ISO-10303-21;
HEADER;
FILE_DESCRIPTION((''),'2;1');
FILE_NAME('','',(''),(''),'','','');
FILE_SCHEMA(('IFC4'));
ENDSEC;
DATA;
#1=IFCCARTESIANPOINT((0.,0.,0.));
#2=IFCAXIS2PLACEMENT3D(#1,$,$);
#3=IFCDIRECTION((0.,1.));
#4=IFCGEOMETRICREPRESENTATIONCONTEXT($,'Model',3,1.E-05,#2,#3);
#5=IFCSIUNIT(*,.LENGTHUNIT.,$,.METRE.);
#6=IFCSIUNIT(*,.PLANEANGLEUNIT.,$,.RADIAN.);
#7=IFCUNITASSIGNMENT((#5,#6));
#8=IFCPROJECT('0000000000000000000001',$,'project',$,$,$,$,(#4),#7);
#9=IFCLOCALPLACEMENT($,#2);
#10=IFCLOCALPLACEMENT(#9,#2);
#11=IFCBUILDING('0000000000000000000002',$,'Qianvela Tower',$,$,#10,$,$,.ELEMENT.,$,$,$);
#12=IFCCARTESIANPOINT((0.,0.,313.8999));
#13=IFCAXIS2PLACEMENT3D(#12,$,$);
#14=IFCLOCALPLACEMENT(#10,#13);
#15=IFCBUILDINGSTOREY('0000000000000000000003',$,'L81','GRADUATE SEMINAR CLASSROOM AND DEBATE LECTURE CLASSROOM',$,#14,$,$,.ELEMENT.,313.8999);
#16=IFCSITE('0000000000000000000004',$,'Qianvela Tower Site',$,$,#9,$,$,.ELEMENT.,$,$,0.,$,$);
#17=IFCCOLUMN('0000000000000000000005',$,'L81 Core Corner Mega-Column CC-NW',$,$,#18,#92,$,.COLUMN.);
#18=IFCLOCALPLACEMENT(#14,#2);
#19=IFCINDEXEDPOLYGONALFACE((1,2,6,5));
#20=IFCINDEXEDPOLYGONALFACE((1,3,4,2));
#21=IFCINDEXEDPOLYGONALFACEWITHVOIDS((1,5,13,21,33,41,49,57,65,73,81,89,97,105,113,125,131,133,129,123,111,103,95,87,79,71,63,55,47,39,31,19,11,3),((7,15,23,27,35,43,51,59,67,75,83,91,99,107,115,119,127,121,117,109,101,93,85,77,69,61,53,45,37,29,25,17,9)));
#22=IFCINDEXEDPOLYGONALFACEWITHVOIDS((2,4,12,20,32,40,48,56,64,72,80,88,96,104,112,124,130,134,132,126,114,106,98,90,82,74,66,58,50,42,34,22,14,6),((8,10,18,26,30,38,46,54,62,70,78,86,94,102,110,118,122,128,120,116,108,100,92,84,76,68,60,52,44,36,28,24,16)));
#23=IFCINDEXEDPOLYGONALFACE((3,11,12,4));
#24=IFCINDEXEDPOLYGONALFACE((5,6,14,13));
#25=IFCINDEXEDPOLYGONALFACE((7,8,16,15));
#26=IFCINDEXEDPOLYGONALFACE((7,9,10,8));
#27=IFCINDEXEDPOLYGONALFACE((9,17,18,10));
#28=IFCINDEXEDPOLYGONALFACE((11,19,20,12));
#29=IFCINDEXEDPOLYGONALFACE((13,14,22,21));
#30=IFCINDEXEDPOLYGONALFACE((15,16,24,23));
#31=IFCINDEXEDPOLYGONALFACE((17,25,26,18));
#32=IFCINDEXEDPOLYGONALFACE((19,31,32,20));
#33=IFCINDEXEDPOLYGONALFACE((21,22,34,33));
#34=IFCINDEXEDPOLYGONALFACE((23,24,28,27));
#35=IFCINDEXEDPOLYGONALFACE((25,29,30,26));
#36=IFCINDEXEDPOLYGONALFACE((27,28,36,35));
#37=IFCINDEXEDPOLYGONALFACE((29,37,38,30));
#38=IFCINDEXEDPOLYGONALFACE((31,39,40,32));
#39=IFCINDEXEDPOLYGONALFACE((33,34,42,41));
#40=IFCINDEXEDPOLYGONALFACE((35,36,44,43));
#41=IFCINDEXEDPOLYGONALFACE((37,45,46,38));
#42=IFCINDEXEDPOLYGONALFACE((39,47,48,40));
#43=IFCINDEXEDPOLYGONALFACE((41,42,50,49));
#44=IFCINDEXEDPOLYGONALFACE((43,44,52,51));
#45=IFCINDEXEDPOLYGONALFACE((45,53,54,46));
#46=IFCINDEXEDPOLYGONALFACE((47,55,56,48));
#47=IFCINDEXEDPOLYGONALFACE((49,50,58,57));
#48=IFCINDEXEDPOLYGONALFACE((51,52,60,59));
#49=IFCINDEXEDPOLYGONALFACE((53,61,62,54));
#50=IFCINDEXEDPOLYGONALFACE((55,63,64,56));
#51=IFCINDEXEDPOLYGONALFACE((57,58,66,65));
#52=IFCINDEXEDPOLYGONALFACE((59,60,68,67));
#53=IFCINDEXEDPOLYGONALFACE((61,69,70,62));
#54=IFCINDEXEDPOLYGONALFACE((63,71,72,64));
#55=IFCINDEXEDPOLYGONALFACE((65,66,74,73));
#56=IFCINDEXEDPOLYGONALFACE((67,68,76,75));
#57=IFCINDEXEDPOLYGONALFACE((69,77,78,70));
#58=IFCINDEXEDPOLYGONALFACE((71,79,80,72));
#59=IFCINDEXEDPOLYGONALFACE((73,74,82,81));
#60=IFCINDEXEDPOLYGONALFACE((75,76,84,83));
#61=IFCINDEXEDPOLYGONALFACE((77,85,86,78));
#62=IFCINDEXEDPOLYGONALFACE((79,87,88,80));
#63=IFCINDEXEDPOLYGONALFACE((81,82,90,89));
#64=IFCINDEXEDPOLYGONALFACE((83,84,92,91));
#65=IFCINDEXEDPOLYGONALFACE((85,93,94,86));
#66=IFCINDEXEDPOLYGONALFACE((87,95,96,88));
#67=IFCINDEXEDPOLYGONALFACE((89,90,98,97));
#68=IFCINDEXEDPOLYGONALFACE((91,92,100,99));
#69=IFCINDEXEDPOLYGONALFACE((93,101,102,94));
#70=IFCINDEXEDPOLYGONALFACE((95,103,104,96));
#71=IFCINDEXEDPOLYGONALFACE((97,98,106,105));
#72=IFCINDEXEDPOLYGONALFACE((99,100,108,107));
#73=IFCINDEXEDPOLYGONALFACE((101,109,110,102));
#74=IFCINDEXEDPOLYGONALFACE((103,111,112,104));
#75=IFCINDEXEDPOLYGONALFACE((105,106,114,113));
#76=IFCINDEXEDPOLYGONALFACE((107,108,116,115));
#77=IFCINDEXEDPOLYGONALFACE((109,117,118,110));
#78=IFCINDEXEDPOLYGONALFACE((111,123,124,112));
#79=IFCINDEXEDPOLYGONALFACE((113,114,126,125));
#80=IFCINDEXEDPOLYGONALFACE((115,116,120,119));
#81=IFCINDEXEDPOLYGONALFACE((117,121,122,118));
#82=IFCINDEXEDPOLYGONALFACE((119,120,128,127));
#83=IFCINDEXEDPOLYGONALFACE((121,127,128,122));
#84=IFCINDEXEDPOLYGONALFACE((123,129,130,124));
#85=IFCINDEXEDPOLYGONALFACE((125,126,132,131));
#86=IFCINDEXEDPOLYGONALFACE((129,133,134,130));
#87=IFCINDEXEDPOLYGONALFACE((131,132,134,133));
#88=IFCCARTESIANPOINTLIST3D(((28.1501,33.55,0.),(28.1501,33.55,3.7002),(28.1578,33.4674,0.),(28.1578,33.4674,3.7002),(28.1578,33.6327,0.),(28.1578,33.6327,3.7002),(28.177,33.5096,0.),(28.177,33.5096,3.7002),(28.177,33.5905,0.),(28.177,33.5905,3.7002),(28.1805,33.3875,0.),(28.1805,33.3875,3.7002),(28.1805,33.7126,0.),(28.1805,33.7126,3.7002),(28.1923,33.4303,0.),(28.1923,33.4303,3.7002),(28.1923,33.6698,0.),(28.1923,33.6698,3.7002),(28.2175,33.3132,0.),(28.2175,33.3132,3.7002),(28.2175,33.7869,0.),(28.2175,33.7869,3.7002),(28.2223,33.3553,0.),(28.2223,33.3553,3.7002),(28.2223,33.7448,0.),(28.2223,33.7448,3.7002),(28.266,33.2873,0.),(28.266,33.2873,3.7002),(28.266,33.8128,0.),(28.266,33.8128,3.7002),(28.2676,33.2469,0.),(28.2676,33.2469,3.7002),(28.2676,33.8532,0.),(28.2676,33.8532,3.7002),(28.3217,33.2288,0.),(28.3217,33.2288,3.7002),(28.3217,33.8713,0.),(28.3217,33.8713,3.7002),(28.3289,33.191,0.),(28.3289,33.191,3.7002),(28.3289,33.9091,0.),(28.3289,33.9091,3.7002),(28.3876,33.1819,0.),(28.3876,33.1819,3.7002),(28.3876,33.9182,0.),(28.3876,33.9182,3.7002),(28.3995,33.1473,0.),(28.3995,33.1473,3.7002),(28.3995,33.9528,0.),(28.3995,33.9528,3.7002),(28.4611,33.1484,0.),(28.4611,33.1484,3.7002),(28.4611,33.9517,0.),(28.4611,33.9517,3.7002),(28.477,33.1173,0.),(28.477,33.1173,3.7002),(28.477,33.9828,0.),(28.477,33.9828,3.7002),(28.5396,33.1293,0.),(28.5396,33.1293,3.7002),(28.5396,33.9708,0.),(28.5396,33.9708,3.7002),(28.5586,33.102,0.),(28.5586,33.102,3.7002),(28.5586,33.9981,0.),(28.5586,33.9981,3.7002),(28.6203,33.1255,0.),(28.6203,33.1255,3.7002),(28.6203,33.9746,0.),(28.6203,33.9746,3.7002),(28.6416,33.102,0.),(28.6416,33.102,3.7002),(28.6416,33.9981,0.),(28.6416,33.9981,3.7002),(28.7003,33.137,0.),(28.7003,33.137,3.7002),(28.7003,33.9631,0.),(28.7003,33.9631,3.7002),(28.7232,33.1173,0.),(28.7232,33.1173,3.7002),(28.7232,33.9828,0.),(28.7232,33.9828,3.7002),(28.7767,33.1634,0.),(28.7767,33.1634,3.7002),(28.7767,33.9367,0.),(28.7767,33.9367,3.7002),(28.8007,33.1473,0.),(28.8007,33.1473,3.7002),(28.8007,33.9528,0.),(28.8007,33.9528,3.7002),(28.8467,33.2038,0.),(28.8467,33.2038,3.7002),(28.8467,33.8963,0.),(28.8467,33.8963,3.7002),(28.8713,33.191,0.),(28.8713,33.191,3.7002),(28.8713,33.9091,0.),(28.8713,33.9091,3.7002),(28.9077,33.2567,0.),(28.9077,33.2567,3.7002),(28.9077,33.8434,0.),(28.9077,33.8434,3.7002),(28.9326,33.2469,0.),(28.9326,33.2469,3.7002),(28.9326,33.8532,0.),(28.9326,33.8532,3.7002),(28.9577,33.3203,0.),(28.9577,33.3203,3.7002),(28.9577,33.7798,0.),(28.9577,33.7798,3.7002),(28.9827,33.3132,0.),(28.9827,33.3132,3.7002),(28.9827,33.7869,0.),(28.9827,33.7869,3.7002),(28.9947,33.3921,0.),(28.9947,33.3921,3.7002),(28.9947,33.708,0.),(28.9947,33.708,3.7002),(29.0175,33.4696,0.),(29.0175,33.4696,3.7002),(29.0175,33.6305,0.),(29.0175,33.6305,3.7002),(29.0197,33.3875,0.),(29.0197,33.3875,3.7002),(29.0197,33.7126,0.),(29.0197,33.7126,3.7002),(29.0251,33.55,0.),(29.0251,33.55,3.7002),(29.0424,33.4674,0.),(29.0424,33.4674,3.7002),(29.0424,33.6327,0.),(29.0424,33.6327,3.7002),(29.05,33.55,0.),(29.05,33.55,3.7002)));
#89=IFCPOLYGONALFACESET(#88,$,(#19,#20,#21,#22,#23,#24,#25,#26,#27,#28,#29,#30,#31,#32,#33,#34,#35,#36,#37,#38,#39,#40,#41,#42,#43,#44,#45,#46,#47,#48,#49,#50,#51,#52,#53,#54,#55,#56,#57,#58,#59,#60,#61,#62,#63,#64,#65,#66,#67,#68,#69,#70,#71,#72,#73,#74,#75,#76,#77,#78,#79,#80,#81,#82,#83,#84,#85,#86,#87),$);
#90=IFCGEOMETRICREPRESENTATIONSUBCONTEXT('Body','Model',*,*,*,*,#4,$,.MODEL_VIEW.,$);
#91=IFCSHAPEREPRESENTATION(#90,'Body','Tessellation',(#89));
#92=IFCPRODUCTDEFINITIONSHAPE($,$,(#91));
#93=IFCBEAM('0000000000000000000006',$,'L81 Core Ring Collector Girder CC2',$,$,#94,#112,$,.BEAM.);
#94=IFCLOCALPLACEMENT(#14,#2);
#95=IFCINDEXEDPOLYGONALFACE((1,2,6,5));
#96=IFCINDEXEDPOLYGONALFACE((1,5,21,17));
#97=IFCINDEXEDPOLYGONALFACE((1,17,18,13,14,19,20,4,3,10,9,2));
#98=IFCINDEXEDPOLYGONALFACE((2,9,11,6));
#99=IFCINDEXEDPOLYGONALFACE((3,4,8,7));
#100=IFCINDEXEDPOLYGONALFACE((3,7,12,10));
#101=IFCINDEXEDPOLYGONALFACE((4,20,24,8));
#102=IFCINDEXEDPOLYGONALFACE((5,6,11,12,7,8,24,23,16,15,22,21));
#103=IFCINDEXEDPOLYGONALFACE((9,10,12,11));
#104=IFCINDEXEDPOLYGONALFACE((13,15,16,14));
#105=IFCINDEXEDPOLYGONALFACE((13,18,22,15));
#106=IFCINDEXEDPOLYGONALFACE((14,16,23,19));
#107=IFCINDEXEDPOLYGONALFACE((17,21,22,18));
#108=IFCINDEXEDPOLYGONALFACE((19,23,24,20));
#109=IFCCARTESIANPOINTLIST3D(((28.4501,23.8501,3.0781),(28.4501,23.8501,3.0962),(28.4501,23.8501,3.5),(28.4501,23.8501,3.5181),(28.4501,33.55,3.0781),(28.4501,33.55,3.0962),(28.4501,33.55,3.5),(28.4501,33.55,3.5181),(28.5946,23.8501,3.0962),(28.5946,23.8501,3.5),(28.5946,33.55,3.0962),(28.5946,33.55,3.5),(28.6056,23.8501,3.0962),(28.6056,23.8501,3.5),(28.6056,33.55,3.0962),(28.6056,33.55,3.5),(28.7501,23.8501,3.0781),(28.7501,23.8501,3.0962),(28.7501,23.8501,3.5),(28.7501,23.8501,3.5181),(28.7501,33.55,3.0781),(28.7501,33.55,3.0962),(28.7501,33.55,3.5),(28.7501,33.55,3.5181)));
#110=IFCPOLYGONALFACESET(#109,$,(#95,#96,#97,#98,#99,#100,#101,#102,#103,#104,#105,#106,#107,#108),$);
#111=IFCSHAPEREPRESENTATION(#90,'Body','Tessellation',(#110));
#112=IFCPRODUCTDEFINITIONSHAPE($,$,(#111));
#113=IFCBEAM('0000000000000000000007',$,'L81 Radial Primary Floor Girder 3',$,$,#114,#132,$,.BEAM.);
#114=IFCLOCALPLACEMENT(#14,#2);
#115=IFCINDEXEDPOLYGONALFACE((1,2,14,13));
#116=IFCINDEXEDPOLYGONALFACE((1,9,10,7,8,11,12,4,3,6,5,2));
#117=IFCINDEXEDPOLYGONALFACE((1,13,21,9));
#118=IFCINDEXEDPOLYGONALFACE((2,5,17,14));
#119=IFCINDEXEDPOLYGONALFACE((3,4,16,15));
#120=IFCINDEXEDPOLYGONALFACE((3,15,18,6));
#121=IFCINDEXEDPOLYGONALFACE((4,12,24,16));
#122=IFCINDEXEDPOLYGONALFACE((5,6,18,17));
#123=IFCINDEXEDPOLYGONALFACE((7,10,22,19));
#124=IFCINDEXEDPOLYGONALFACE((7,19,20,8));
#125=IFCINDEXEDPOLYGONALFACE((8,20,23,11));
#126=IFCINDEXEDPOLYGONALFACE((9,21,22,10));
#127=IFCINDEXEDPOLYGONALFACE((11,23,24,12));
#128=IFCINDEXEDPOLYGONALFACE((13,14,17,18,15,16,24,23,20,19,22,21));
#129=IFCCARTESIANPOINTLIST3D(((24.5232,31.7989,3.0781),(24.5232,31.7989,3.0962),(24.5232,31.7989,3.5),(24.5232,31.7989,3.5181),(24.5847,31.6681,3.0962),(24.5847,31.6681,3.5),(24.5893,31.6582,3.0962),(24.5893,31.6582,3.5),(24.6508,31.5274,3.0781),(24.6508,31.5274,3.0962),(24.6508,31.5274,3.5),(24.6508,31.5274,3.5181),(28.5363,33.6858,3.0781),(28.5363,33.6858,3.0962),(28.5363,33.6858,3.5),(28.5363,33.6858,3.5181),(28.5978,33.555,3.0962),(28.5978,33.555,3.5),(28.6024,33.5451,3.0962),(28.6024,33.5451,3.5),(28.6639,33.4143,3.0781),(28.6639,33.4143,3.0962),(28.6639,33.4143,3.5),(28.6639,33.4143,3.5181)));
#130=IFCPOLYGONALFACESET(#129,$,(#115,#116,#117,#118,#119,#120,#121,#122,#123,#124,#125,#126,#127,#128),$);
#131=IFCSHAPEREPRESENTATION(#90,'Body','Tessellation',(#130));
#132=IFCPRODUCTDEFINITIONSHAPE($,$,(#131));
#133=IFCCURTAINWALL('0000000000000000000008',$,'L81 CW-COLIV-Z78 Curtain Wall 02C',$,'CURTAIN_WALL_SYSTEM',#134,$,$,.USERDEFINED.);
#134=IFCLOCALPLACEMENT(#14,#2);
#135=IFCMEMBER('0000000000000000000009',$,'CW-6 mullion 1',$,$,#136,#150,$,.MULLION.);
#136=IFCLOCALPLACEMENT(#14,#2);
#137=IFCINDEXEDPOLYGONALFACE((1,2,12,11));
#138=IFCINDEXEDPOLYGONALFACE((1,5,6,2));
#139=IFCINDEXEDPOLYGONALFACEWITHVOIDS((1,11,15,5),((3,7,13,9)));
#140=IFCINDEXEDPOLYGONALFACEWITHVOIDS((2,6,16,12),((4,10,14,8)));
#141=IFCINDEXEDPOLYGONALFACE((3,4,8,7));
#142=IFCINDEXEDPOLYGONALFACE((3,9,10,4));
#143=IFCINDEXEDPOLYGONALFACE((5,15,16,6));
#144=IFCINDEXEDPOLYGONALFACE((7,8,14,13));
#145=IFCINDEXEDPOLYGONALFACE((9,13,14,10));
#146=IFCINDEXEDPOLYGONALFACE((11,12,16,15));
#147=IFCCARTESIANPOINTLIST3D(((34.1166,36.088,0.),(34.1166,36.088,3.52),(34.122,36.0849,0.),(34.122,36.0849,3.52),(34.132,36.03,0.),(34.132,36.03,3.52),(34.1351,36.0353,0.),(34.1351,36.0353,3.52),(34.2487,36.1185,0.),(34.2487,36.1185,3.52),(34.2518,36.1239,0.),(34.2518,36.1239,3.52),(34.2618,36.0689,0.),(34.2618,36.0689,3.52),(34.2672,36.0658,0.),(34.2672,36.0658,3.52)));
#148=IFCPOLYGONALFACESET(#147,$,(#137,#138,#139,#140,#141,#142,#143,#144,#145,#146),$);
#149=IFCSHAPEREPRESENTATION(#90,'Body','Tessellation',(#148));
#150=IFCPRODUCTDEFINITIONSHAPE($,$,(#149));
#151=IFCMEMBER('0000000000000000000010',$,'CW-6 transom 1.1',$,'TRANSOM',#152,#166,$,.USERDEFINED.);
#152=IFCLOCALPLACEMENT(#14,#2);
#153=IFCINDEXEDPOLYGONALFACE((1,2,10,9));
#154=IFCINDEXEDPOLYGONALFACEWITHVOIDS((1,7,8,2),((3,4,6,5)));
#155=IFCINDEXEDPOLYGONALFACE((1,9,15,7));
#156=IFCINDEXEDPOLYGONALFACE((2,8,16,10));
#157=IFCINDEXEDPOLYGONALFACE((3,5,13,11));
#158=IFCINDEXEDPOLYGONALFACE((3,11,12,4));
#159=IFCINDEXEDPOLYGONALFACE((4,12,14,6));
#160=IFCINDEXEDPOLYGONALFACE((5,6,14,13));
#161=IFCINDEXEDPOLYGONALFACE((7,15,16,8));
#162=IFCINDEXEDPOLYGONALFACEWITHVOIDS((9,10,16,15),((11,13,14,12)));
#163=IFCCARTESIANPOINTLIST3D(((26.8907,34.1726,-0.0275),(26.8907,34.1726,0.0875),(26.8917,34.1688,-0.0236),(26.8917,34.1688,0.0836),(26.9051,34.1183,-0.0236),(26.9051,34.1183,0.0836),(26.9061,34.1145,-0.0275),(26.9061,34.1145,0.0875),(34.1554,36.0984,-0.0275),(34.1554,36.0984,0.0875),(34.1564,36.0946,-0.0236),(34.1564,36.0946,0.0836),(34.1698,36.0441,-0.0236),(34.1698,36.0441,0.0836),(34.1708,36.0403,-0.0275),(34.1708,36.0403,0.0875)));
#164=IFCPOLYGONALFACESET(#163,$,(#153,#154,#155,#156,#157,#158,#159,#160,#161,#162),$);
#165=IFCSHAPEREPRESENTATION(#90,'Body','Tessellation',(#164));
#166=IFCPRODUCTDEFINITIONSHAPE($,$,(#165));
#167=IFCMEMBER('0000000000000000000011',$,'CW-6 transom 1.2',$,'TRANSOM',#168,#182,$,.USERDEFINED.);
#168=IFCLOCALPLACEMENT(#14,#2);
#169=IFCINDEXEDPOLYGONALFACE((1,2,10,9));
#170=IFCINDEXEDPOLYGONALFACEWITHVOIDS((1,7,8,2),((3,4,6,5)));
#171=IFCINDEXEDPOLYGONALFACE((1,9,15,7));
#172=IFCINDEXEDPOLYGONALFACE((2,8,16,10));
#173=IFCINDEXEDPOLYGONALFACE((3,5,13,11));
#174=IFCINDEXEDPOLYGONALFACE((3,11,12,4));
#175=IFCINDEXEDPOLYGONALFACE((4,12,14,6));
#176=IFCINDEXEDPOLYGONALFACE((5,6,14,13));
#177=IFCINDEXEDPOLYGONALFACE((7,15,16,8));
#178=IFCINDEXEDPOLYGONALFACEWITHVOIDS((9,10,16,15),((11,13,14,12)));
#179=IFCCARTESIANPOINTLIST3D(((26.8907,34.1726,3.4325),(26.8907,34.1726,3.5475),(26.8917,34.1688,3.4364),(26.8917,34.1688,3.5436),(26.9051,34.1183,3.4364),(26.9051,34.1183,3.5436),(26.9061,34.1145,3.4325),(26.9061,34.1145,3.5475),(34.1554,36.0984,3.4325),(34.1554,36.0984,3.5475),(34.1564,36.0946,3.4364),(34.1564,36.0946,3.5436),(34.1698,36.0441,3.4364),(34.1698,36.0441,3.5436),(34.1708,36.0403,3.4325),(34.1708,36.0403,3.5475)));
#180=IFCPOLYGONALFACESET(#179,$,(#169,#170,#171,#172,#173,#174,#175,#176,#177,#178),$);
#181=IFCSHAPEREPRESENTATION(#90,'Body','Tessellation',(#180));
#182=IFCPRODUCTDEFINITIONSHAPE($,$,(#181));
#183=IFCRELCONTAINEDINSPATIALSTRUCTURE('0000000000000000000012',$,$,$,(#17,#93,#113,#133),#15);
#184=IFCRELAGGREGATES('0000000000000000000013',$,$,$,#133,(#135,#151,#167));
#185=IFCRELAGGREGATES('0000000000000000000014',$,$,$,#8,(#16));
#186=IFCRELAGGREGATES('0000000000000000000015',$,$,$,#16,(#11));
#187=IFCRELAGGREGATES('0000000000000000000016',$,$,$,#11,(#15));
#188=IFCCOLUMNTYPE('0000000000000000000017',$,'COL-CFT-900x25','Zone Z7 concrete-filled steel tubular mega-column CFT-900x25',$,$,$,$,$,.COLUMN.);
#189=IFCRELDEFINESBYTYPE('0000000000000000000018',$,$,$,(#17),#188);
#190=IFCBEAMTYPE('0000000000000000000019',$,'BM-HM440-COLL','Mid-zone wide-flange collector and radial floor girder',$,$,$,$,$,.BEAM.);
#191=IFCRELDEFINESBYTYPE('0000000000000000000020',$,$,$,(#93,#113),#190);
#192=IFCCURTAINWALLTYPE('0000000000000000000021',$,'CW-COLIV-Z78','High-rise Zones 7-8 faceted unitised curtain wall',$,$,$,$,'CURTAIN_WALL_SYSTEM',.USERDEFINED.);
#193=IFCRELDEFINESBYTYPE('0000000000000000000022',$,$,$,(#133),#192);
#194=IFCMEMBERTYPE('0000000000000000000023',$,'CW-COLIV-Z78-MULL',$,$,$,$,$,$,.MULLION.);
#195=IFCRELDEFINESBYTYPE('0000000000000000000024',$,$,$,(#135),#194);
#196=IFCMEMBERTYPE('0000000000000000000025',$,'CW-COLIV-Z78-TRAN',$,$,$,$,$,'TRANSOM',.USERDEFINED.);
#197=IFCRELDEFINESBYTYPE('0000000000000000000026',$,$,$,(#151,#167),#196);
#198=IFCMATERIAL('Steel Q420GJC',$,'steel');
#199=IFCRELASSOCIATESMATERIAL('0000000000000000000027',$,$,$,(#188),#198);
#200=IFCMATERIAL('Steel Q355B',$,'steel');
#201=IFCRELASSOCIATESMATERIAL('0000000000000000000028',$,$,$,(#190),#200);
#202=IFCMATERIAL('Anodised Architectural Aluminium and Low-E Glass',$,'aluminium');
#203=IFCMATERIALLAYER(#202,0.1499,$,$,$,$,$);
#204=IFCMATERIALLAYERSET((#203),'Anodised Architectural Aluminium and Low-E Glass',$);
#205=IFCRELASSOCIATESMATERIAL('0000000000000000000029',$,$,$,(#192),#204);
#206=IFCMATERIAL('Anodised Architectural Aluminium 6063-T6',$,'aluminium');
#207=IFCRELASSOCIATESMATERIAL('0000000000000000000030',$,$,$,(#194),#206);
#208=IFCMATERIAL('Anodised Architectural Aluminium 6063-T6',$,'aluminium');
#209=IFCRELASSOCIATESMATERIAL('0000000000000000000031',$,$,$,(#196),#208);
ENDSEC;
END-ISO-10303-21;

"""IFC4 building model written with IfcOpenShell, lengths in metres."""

from ifc_helpers import new_model, si_unit, direction, frame, origin, origin_2d, place, context, subcontext, project, spatial, hollow_rectangle, hollow_circle, i_section, extrude, material, layer, layer_set, material_profile, profile_set, type_object, element, aggregate, save


model = new_model("IFC4")

# Units and contexts
model_context = context("Model", 3, precision=1e-05, world=origin(), true_north=direction((0.0, 1.0)))
body_context = subcontext(model_context, "Body", "Model", "MODEL_VIEW")
ifc_project = project(units=[si_unit("LENGTHUNIT", "METRE"), si_unit("PLANEANGLEUNIT", "RADIAN")], contexts=[model_context])

# Site, building, storey
site_placement = place(None, origin())
site = spatial("IfcSite", under=ifc_project, at=site_placement, Name="Qianvela Tower Site", CompositionType="ELEMENT", RefElevation=0.0)
building_placement = place(site_placement, origin())
building = spatial("IfcBuilding", under=site, at=building_placement, Name="Qianvela Tower", CompositionType="ELEMENT")
storey_placement = place(building_placement, frame((0.0, 0.0, 313.8999)))
storey = spatial("IfcBuildingStorey", under=building, at=storey_placement, Name="L81", Description="GRADUATE SEMINAR CLASSROOM AND DEBATE LECTURE CLASSROOM", CompositionType="ELEMENT", Elevation=313.8999)

# Column
ifc_material_1 = material(Name="Steel Q420GJC", Category="steel")
ifc_material_profile_1 = material_profile(ifc_material_1, hollow_circle(Radius=0.45, WallThickness=0.0249, at=origin_2d()), Name="CFT-900x25")
ifc_profile_set_1 = profile_set([ifc_material_profile_1], Name="Steel Q420GJC")
column_type = type_object("IfcColumnType", Name="COL-CFT-900x25", Description="Zone Z7 concrete-filled steel tubular mega-column CFT-900x25", PredefinedType="COLUMN", material=ifc_profile_set_1)
column_placement = place(storey_placement, frame((28.6001, 33.55, 0.0), z_axis=(0.0, 0.0, 1.0), x_axis=(1.0, 0.0, 0.0)))
element("IfcColumn", 1, at=column_placement, inside=storey, type_object=column_type, Name="L81 Core Corner Mega-Column CC-NW", PredefinedType="COLUMN", context=body_context, shape_type="SweptSolid", body=[
    extrude(hollow_circle(Radius=0.45, WallThickness=0.0249, at=origin_2d()), origin(), (0.0, 0.0, 1.0), 3.7002),
])

# Beams
ifc_material_2 = material(Name="Steel Q355B", Category="steel")
ifc_material_profile_2 = material_profile(ifc_material_2, i_section(OverallWidth=0.3, OverallDepth=0.4399, WebThickness=0.011, FlangeThickness=0.0181, at=origin_2d()), Name="HM440x300x11x18")
ifc_profile_set_2 = profile_set([ifc_material_profile_2], Name="Steel Q355B")
beam_type = type_object("IfcBeamType", Name="BM-HM440-COLL", Description="Mid-zone wide-flange collector and radial floor girder", PredefinedType="BEAM", material=ifc_profile_set_2)
beam_1_placement = place(storey_placement, frame((28.6001, 33.55, 3.2981), z_axis=(0.0, -1.0, 0.0), x_axis=(1.0, 0.0, 0.0)))
element("IfcBeam", 2, at=beam_1_placement, inside=storey, type_object=beam_type, Name="L81 Core Ring Collector Girder CC2", PredefinedType="BEAM", context=body_context, shape_type="SweptSolid", body=[
    extrude(i_section(OverallWidth=0.3, OverallDepth=0.4399, WebThickness=0.011, FlangeThickness=0.0181, at=origin_2d()), origin(), (0.0, 0.0, 1.0), 9.7),
])
beam_2_placement = place(storey_placement, frame((28.6001, 33.55, 3.2981), z_axis=(-0.904957, -0.425503, 0.0), x_axis=(0.425503, -0.904957, 0.0)))
element("IfcBeam", 3, at=beam_2_placement, inside=storey, type_object=beam_type, Name="L81 Radial Primary Floor Girder 3", PredefinedType="BEAM", context=body_context, shape_type="SweptSolid", body=[
    extrude(i_section(OverallWidth=0.3, OverallDepth=0.4399, WebThickness=0.011, FlangeThickness=0.0181, at=origin_2d()), origin(), (0.0, 0.0, 1.0), 4.4346),
])

# Curtain wall, members
ifc_material_3 = material(Name="Anodised Architectural Aluminium and Low-E Glass", Category="aluminium")
ifc_layer_1 = layer(ifc_material_3, 0.1499)
ifc_layer_set_1 = layer_set([ifc_layer_1], Name="Anodised Architectural Aluminium and Low-E Glass")
curtain_wall_type = type_object("IfcCurtainWallType", Name="CW-COLIV-Z78", Description="High-rise Zones 7-8 faceted unitised curtain wall", ElementType="CURTAIN_WALL_SYSTEM", PredefinedType="USERDEFINED", material=ifc_layer_set_1)
curtain_wall_placement = place(storey_placement, origin())
curtain_wall = element("IfcCurtainWall", 4, at=curtain_wall_placement, inside=storey, type_object=curtain_wall_type, Name="L81 CW-COLIV-Z78 Curtain Wall 02C", ObjectType="CURTAIN_WALL_SYSTEM", PredefinedType="USERDEFINED")
ifc_material_4 = material(Name="Anodised Architectural Aluminium 6063-T6", Category="aluminium")
ifc_material_profile_3 = material_profile(ifc_material_4, hollow_rectangle(XDim=0.0601, YDim=0.1399, WallThickness=0.0044, at=origin_2d()), Name="ALU-MULL-60x140")
ifc_profile_set_3 = profile_set([ifc_material_profile_3], Name="Anodised Architectural Aluminium 6063-T6")
member_type_1 = type_object("IfcMemberType", Name="CW-COLIV-Z78-MULL", PredefinedType="MULLION", material=ifc_profile_set_3)
member_1_placement = place(storey_placement, frame((34.1919, 36.0769, 0.0), z_axis=(0.0, 0.0, 1.0), x_axis=(0.256237, -0.966614, 0.0)))
member_1 = element("IfcMember", 5, at=member_1_placement, type_object=member_type_1, Name="CW-6 mullion 1", PredefinedType="MULLION", context=body_context, shape_type="SweptSolid", body=[
    extrude(hollow_rectangle(XDim=0.0601, YDim=0.1399, WallThickness=0.0044, at=origin_2d()), origin(), (0.0, 0.0, 1.0), 3.52),
])
ifc_material_5 = material(Name="Anodised Architectural Aluminium 6063-T6", Category="aluminium")
ifc_material_profile_4 = material_profile(ifc_material_5, hollow_rectangle(XDim=0.0601, YDim=0.115, WallThickness=0.0039, at=origin_2d()), Name="ALU-TRAN-60x115")
ifc_profile_set_4 = profile_set([ifc_material_profile_4], Name="Anodised Architectural Aluminium 6063-T6")
member_type_2 = type_object("IfcMemberType", Name="CW-COLIV-Z78-TRAN", ElementType="TRANSOM", PredefinedType="USERDEFINED", material=ifc_profile_set_4)
member_2_placement = place(storey_placement, frame((34.1631, 36.0693, 0.03), z_axis=(-0.966613, -0.256239, 0.0), x_axis=(0.256239, -0.966613, 0.0)))
member_2 = element("IfcMember", 6, at=member_2_placement, type_object=member_type_2, Name="CW-6 transom 1.1", ObjectType="TRANSOM", PredefinedType="USERDEFINED", context=body_context, shape_type="SweptSolid", body=[
    extrude(hollow_rectangle(XDim=0.0601, YDim=0.115, WallThickness=0.0039, at=origin_2d()), origin(), (0.0, 0.0, 1.0), 7.5156),
])
member_3_placement = place(storey_placement, frame((34.1631, 36.0693, 3.49), z_axis=(-0.966613, -0.256239, 0.0), x_axis=(0.256239, -0.966613, 0.0)))
member_3 = element("IfcMember", 7, at=member_3_placement, type_object=member_type_2, Name="CW-6 transom 1.2", ObjectType="TRANSOM", PredefinedType="USERDEFINED", context=body_context, shape_type="SweptSolid", body=[
    extrude(hollow_rectangle(XDim=0.0601, YDim=0.115, WallThickness=0.0039, at=origin_2d()), origin(), (0.0, 0.0, 1.0), 7.5156),
])
aggregate(curtain_wall, [member_1, member_2, member_3])

save(model, "model.ifc")
